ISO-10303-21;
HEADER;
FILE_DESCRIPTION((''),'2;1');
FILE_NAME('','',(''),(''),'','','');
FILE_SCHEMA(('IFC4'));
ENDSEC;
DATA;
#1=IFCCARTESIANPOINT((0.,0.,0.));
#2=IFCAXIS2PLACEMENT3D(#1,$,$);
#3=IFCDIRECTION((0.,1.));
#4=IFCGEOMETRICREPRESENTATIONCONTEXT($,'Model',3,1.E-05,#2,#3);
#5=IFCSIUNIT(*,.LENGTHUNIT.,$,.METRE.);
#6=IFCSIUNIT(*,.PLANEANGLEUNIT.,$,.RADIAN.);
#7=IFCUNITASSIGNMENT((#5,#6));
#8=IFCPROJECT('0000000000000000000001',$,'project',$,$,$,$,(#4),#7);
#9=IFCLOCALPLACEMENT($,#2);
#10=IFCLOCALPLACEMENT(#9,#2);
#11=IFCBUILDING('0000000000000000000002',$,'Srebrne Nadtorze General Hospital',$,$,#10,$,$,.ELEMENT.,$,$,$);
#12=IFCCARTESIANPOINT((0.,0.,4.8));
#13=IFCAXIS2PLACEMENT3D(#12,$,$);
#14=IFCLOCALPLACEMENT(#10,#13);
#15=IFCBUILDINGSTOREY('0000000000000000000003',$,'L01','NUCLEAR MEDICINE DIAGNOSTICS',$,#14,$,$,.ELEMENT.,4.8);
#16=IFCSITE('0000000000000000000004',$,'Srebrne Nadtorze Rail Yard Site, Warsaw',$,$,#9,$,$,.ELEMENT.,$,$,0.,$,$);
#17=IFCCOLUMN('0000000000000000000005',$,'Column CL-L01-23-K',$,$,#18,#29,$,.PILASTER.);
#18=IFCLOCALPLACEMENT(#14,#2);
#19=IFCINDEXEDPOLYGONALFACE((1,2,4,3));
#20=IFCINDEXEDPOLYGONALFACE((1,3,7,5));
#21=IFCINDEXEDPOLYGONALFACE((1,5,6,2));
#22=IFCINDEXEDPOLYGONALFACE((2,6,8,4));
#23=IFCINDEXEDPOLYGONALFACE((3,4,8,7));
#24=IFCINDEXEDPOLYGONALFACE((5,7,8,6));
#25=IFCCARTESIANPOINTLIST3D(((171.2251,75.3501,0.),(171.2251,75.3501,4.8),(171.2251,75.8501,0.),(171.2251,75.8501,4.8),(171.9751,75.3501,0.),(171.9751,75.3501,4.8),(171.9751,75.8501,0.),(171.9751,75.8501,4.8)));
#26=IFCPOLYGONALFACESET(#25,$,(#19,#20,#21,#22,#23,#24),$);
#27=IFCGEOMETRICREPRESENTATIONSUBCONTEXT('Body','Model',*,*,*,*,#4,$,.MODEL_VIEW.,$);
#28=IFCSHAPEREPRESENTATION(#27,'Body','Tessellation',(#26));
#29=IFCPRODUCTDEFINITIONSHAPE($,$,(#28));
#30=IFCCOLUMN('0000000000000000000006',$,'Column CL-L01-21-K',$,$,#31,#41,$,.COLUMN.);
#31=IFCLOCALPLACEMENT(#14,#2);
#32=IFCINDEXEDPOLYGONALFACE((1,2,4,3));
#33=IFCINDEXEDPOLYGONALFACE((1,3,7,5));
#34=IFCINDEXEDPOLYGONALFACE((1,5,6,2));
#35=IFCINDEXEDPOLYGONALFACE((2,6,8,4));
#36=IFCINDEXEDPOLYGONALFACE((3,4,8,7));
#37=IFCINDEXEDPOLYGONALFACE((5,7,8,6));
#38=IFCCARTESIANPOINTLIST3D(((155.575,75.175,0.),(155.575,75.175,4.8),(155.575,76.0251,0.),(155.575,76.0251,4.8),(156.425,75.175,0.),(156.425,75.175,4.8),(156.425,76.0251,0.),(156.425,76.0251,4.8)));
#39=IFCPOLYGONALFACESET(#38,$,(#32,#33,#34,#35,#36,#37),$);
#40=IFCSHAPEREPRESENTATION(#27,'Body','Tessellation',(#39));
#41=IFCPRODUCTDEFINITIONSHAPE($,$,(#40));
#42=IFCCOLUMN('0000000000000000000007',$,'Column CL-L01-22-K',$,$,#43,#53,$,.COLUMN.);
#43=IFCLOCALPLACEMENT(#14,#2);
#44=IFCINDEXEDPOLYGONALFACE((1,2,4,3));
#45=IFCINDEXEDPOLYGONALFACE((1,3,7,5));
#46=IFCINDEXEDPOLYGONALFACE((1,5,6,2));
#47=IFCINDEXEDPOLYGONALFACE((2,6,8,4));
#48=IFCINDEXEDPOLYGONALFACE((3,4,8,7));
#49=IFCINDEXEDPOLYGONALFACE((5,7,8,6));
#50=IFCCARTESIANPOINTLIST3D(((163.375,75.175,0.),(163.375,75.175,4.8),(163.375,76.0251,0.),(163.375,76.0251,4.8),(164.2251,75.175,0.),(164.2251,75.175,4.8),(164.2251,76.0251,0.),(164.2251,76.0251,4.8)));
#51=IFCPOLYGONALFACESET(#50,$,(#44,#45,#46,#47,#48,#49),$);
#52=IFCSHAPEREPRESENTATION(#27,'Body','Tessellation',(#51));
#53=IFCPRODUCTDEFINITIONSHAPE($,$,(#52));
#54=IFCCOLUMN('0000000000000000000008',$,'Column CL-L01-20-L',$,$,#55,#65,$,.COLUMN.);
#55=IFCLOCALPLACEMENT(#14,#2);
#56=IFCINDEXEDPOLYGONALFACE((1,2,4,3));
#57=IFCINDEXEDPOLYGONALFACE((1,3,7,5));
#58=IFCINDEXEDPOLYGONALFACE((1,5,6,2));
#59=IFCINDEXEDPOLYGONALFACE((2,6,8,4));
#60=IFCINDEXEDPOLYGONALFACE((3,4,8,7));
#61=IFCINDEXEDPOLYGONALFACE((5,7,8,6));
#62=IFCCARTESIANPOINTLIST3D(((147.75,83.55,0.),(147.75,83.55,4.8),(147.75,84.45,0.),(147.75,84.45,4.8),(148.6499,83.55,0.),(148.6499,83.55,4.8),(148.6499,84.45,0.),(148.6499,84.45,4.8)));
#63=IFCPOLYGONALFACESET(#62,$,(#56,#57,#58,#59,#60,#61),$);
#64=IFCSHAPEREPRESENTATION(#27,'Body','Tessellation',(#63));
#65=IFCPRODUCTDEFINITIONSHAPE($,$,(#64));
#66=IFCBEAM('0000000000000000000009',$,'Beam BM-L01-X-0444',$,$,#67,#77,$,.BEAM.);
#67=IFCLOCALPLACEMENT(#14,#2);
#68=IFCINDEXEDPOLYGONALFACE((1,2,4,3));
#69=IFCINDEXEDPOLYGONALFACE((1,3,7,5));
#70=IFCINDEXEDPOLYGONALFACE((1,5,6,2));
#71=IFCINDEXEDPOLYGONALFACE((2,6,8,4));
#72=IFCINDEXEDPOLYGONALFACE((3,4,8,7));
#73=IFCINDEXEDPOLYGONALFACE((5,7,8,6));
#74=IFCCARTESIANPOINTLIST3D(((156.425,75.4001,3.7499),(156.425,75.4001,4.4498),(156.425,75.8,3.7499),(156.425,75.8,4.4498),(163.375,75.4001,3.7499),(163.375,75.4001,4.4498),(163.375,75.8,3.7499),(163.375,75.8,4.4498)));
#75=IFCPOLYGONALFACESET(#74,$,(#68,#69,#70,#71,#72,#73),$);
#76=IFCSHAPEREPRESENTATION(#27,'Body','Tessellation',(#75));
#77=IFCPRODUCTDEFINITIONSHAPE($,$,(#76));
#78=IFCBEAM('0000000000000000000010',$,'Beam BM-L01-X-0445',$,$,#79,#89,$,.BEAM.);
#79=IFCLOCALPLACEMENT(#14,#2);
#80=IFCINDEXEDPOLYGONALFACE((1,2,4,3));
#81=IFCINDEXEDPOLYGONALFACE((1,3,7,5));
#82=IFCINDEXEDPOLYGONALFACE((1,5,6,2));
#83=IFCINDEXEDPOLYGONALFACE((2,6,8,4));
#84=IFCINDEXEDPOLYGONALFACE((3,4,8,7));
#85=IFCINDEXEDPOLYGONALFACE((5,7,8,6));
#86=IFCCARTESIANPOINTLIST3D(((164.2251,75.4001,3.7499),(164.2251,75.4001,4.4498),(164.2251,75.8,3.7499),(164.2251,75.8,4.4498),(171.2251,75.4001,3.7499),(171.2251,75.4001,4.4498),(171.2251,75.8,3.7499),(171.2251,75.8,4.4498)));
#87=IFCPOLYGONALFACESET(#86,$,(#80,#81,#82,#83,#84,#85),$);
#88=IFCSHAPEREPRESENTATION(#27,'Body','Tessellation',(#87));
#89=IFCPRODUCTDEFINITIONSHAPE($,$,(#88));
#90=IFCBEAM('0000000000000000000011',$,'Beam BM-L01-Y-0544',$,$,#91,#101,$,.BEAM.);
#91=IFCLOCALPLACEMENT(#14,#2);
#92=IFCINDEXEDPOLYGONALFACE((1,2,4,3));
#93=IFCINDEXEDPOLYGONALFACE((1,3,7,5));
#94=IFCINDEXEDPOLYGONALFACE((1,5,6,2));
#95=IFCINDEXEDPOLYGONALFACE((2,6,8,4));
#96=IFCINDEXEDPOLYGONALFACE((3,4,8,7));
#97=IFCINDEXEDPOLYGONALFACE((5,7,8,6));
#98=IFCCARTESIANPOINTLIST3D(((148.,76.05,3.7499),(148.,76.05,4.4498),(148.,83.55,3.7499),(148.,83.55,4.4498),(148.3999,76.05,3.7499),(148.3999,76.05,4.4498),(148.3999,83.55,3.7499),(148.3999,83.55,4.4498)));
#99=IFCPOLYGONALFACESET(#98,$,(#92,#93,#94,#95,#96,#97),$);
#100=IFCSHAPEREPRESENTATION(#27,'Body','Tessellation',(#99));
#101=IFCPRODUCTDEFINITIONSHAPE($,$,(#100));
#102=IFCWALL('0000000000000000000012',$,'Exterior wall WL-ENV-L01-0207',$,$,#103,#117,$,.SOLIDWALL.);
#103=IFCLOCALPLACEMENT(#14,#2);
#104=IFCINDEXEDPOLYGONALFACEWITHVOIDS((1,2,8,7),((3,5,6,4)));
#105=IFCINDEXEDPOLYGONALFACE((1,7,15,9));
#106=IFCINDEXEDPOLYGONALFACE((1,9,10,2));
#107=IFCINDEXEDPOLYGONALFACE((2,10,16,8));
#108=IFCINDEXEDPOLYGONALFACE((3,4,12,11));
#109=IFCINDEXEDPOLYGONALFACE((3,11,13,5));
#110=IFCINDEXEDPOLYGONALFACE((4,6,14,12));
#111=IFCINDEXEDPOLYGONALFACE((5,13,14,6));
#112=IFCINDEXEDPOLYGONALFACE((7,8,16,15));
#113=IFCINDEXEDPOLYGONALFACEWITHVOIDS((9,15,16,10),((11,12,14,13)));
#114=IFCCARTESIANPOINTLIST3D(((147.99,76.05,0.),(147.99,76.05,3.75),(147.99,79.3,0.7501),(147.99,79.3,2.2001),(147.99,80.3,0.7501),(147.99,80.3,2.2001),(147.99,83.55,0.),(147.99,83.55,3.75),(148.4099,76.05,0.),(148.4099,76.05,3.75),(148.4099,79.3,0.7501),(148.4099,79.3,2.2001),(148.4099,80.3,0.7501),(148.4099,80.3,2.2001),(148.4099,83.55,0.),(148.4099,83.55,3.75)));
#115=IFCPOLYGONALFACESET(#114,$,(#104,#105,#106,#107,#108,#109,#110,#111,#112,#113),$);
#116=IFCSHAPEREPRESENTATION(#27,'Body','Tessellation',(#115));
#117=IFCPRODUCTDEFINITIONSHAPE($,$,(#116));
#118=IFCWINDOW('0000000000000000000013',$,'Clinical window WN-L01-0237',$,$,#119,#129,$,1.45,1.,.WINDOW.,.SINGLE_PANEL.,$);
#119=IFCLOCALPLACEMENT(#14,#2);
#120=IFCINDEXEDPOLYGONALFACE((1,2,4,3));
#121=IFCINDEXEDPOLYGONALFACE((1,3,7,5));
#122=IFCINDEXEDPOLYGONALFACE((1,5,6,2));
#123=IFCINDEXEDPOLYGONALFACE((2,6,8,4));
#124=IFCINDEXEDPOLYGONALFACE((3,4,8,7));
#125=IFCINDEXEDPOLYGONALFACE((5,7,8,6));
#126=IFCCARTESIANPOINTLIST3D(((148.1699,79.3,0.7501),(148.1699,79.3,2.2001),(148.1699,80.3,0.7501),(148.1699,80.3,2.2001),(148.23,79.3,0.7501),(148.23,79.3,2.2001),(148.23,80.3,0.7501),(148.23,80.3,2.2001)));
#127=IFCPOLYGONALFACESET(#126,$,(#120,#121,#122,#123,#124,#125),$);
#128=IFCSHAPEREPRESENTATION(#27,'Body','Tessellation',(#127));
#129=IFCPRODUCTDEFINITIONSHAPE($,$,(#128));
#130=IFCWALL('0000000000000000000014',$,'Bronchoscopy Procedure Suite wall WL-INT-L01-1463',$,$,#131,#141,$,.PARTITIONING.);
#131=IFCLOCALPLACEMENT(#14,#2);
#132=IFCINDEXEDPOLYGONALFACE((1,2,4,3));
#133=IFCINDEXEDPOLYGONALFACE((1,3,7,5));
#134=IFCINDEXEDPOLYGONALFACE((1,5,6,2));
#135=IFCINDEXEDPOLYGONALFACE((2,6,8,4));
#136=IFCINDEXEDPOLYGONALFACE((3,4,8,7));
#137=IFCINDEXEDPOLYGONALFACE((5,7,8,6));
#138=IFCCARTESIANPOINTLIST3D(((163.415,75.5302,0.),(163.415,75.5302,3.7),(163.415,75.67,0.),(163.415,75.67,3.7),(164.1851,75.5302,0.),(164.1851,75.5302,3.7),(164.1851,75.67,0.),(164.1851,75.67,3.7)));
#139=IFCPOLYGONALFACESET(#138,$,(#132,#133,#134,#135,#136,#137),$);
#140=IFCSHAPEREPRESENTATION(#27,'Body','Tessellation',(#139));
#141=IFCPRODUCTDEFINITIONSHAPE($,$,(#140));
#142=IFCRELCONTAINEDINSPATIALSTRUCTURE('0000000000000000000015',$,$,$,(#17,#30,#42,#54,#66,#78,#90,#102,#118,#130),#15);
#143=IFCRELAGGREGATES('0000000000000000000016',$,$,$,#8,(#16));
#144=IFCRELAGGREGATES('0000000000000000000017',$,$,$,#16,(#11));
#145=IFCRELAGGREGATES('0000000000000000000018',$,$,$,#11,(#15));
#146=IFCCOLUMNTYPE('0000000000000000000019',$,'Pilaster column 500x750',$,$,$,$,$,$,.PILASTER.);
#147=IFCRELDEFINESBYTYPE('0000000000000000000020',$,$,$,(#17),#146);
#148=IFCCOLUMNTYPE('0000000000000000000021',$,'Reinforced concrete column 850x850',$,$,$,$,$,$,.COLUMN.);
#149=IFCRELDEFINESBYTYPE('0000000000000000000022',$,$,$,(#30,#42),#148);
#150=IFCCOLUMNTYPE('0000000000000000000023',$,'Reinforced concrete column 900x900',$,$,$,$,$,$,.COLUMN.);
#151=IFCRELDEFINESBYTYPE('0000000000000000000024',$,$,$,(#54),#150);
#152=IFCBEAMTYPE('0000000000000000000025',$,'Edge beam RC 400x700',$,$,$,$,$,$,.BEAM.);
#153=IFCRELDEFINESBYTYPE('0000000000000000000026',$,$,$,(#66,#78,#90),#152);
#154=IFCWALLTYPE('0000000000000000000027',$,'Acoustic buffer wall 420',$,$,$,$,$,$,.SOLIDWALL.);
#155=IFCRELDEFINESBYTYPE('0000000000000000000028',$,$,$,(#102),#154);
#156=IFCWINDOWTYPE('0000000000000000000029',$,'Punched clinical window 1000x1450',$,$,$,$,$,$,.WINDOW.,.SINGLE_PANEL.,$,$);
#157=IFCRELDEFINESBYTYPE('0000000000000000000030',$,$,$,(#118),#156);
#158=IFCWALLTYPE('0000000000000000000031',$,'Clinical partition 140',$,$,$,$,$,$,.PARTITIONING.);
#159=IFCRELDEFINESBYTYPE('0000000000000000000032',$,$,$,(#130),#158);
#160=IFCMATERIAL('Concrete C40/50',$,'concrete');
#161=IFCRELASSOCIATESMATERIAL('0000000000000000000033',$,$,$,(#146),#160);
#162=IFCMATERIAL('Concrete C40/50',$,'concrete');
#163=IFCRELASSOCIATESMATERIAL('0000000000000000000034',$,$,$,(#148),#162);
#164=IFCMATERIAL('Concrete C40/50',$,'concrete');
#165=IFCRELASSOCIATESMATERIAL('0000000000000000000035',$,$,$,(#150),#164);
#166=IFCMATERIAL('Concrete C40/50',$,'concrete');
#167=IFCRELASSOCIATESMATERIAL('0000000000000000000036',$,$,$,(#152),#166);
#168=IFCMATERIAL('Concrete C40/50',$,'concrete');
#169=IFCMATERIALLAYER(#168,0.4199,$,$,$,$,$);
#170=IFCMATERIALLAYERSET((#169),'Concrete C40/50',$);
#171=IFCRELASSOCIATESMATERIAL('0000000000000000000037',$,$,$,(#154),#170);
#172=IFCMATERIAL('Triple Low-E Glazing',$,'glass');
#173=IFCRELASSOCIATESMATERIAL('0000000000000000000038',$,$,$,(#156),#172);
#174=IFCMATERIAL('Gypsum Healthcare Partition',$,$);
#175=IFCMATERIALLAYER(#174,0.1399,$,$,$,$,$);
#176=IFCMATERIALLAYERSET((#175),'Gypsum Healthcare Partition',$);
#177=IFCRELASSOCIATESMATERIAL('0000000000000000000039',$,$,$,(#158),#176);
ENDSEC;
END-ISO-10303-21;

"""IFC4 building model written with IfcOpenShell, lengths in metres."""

from ifc_helpers import new_model, si_unit, direction, frame, frame_2d, origin, origin_2d, place, context, subcontext, project, spatial, rectangle, extrude, material, layer, layer_set, material_profile, profile_set, type_object, element, fill, save


model = new_model("IFC4")

# Units and contexts
model_context = context("Model", 3, precision=1e-05, world=origin(), true_north=direction((0.0, 1.0)))
body_context = subcontext(model_context, "Body", "Model", "MODEL_VIEW")
ifc_project = project(units=[si_unit("LENGTHUNIT", "METRE"), si_unit("PLANEANGLEUNIT", "RADIAN")], contexts=[model_context])

# Site, building, storey
site_placement = place(None, origin())
site = spatial("IfcSite", under=ifc_project, at=site_placement, Name="Srebrne Nadtorze Rail Yard Site, Warsaw", CompositionType="ELEMENT", RefElevation=0.0)
building_placement = place(site_placement, origin())
building = spatial("IfcBuilding", under=site, at=building_placement, Name="Srebrne Nadtorze General Hospital", CompositionType="ELEMENT")
storey_placement = place(building_placement, frame((0.0, 0.0, 4.8)))
storey = spatial("IfcBuildingStorey", under=building, at=storey_placement, Name="L01", Description="NUCLEAR MEDICINE DIAGNOSTICS", CompositionType="ELEMENT", Elevation=4.8)

# Columns
ifc_material_1 = material(Name="Concrete C40/50", Category="concrete")
ifc_material_profile_1 = material_profile(ifc_material_1, rectangle(XDim=0.5, YDim=0.75, at=origin_2d()), Name="RC-PIL-500x750")
ifc_profile_set_1 = profile_set([ifc_material_profile_1], Name="Concrete C40/50")
column_type_1 = type_object("IfcColumnType", Name="Pilaster column 500x750", PredefinedType="PILASTER", material=ifc_profile_set_1)
column_1_placement = place(storey_placement, frame((171.6001, 75.6001, 0.0), z_axis=(0.0, 0.0, 1.0), x_axis=(0.0, 1.0, 0.0)))
element("IfcColumn", 1, at=column_1_placement, inside=storey, type_object=column_type_1, Name="Column CL-L01-23-K", PredefinedType="PILASTER", context=body_context, shape_type="SweptSolid", body=[
    extrude(rectangle(XDim=0.5, YDim=0.75, at=origin_2d()), origin(), (0.0, 0.0, 1.0), 4.8),
])
ifc_material_2 = material(Name="Concrete C40/50", Category="concrete")
ifc_material_profile_2 = material_profile(ifc_material_2, rectangle(XDim=0.8501, YDim=0.8501, at=origin_2d()), Name="RC-COL-850x850")
ifc_profile_set_2 = profile_set([ifc_material_profile_2], Name="Concrete C40/50")
column_type_2 = type_object("IfcColumnType", Name="Reinforced concrete column 850x850", PredefinedType="COLUMN", material=ifc_profile_set_2)
for number, where, z_axis, x_axis, name in (
    (2, (156.0, 75.6001, 0.0), (0.0, 0.0, 1.0), (1.0, 0.0, 0.0), "Column CL-L01-21-K"),
    (3, (163.8, 75.6001, 0.0), (0.0, 0.0, 1.0), (1.0, 0.0, 0.0), "Column CL-L01-22-K"),
):
    element("IfcColumn", number, at=place(storey_placement, frame(where, z_axis=z_axis, x_axis=x_axis)), inside=storey, type_object=column_type_2, Name=name, PredefinedType="COLUMN", context=body_context, shape_type="SweptSolid", body=[
        extrude(rectangle(XDim=0.8501, YDim=0.8501, at=origin_2d()), origin(), (0.0, 0.0, 1.0), 4.8),
    ])
ifc_material_3 = material(Name="Concrete C40/50", Category="concrete")
ifc_material_profile_3 = material_profile(ifc_material_3, rectangle(XDim=0.8999, YDim=0.8999, at=origin_2d()), Name="RC-COL-900x900")
ifc_profile_set_3 = profile_set([ifc_material_profile_3], Name="Concrete C40/50")
column_type_3 = type_object("IfcColumnType", Name="Reinforced concrete column 900x900", PredefinedType="COLUMN", material=ifc_profile_set_3)
column_2_placement = place(storey_placement, frame((148.2, 84.0, 0.0), z_axis=(0.0, 0.0, 1.0), x_axis=(1.0, 0.0, 0.0)))
element("IfcColumn", 4, at=column_2_placement, inside=storey, type_object=column_type_3, Name="Column CL-L01-20-L", PredefinedType="COLUMN", context=body_context, shape_type="SweptSolid", body=[
    extrude(rectangle(XDim=0.8999, YDim=0.8999, at=origin_2d()), origin(), (0.0, 0.0, 1.0), 4.8),
])

# Beams
ifc_material_4 = material(Name="Concrete C40/50", Category="concrete")
ifc_material_profile_4 = material_profile(ifc_material_4, rectangle(XDim=0.3999, YDim=0.7, at=origin_2d()), Name="RC-BM-400x700")
ifc_profile_set_4 = profile_set([ifc_material_profile_4], Name="Concrete C40/50")
beam_type = type_object("IfcBeamType", Name="Edge beam RC 400x700", PredefinedType="BEAM", material=ifc_profile_set_4)
beam_1_placement = place(storey_placement, frame((156.425, 75.6001, 4.0999), z_axis=(1.0, 0.0, 0.0), x_axis=(0.0, 1.0, 0.0)))
element("IfcBeam", 5, at=beam_1_placement, inside=storey, type_object=beam_type, Name="Beam BM-L01-X-0444", PredefinedType="BEAM", context=body_context, shape_type="SweptSolid", body=[
    extrude(rectangle(XDim=0.3999, YDim=0.7, at=origin_2d()), origin(), (0.0, 0.0, 1.0), 6.95),
])
beam_2_placement = place(storey_placement, frame((164.2251, 75.6001, 4.0999), z_axis=(1.0, 0.0, 0.0), x_axis=(0.0, 1.0, 0.0)))
element("IfcBeam", 6, at=beam_2_placement, inside=storey, type_object=beam_type, Name="Beam BM-L01-X-0445", PredefinedType="BEAM", context=body_context, shape_type="SweptSolid", body=[
    extrude(rectangle(XDim=0.3999, YDim=0.7, at=origin_2d()), origin(), (0.0, 0.0, 1.0), 7.0),
])
beam_3_placement = place(storey_placement, frame((148.2, 76.05, 4.0999), z_axis=(0.0, 1.0, 0.0), x_axis=(-1.0, 0.0, 0.0)))
element("IfcBeam", 7, at=beam_3_placement, inside=storey, type_object=beam_type, Name="Beam BM-L01-Y-0544", PredefinedType="BEAM", context=body_context, shape_type="SweptSolid", body=[
    extrude(rectangle(XDim=0.3999, YDim=0.7, at=origin_2d()), origin(), (0.0, 0.0, 1.0), 7.5),
])

# Wall, opening, window
ifc_material_5 = material(Name="Concrete C40/50", Category="concrete")
ifc_layer_1 = layer(ifc_material_5, 0.4199)
ifc_layer_set_1 = layer_set([ifc_layer_1], Name="Concrete C40/50")
wall_type_1 = type_object("IfcWallType", Name="Acoustic buffer wall 420", PredefinedType="SOLIDWALL", material=ifc_layer_set_1)
wall_1_placement = place(storey_placement, frame((148.2, 76.05, 0.0), z_axis=(0.0, 0.0, 1.0), x_axis=(0.0, 1.0, 0.0)))
wall_1 = element("IfcWall", 8, at=wall_1_placement, inside=storey, type_object=wall_type_1, Name="Exterior wall WL-ENV-L01-0207", PredefinedType="SOLIDWALL", context=body_context, shape_type="SweptSolid", body=[
    extrude(rectangle(XDim=7.5, YDim=0.4199, at=frame_2d((3.75, 0.0))), origin(), (0.0, 0.0, 1.0), 3.75),
])
opening_1_placement = place(wall_1_placement, frame((3.25, 0.0, 0.75)))
opening_1 = element("IfcOpeningElement", 9, at=opening_1_placement, cuts=wall_1, PredefinedType="OPENING", context=body_context, shape_type="SweptSolid", body=[
    extrude(rectangle(XDim=1.0, YDim=1.45, at=frame_2d((0.5, 0.7251))), frame((0.0, 0.2219, 0.0), z_axis=(0.0, -1.0, 0.0), x_axis=(1.0, 0.0, 0.0)), (0.0, 0.0, 1.0), 0.4438),
])
ifc_material_6 = material(Name="Triple Low-E Glazing", Category="glass")
window_type_1 = type_object("IfcWindowType", Name="Punched clinical window 1000x1450", PartitioningType="SINGLE_PANEL", PredefinedType="WINDOW", material=ifc_material_6)
window_1_placement = place(opening_1_placement, origin())
window_1 = element("IfcWindow", 10, at=window_1_placement, inside=storey, type_object=window_type_1, Name="Clinical window WN-L01-0237", OverallHeight=1.45, OverallWidth=1.0, PartitioningType="SINGLE_PANEL", PredefinedType="WINDOW", context=body_context, shape_type="SweptSolid", body=[
    extrude(rectangle(XDim=1.0, YDim=1.45, at=frame_2d((0.5, 0.7251))), frame((0.0, 0.03, 0.0), z_axis=(0.0, -1.0, 0.0), x_axis=(1.0, 0.0, 0.0)), (0.0, 0.0, 1.0), 0.0601),
])
fill(opening_1, window_1)

# Wall
ifc_material_7 = material(Name="Gypsum Healthcare Partition")
ifc_layer_2 = layer(ifc_material_7, 0.1399)
ifc_layer_set_2 = layer_set([ifc_layer_2], Name="Gypsum Healthcare Partition")
wall_type_2 = type_object("IfcWallType", Name="Clinical partition 140", PredefinedType="PARTITIONING", material=ifc_layer_set_2)
wall_2_placement = place(storey_placement, frame((163.415, 75.6001, 0.0), z_axis=(0.0, 0.0, 1.0), x_axis=(1.0, 0.0, 0.0)))
element("IfcWall", 11, at=wall_2_placement, inside=storey, type_object=wall_type_2, Name="Bronchoscopy Procedure Suite wall WL-INT-L01-1463", PredefinedType="PARTITIONING", context=body_context, shape_type="SweptSolid", body=[
    extrude(rectangle(XDim=0.77, YDim=0.1399, at=frame_2d((0.385, 0.0))), origin(), (0.0, 0.0, 1.0), 3.7),
])

save(model, "model.ifc")
